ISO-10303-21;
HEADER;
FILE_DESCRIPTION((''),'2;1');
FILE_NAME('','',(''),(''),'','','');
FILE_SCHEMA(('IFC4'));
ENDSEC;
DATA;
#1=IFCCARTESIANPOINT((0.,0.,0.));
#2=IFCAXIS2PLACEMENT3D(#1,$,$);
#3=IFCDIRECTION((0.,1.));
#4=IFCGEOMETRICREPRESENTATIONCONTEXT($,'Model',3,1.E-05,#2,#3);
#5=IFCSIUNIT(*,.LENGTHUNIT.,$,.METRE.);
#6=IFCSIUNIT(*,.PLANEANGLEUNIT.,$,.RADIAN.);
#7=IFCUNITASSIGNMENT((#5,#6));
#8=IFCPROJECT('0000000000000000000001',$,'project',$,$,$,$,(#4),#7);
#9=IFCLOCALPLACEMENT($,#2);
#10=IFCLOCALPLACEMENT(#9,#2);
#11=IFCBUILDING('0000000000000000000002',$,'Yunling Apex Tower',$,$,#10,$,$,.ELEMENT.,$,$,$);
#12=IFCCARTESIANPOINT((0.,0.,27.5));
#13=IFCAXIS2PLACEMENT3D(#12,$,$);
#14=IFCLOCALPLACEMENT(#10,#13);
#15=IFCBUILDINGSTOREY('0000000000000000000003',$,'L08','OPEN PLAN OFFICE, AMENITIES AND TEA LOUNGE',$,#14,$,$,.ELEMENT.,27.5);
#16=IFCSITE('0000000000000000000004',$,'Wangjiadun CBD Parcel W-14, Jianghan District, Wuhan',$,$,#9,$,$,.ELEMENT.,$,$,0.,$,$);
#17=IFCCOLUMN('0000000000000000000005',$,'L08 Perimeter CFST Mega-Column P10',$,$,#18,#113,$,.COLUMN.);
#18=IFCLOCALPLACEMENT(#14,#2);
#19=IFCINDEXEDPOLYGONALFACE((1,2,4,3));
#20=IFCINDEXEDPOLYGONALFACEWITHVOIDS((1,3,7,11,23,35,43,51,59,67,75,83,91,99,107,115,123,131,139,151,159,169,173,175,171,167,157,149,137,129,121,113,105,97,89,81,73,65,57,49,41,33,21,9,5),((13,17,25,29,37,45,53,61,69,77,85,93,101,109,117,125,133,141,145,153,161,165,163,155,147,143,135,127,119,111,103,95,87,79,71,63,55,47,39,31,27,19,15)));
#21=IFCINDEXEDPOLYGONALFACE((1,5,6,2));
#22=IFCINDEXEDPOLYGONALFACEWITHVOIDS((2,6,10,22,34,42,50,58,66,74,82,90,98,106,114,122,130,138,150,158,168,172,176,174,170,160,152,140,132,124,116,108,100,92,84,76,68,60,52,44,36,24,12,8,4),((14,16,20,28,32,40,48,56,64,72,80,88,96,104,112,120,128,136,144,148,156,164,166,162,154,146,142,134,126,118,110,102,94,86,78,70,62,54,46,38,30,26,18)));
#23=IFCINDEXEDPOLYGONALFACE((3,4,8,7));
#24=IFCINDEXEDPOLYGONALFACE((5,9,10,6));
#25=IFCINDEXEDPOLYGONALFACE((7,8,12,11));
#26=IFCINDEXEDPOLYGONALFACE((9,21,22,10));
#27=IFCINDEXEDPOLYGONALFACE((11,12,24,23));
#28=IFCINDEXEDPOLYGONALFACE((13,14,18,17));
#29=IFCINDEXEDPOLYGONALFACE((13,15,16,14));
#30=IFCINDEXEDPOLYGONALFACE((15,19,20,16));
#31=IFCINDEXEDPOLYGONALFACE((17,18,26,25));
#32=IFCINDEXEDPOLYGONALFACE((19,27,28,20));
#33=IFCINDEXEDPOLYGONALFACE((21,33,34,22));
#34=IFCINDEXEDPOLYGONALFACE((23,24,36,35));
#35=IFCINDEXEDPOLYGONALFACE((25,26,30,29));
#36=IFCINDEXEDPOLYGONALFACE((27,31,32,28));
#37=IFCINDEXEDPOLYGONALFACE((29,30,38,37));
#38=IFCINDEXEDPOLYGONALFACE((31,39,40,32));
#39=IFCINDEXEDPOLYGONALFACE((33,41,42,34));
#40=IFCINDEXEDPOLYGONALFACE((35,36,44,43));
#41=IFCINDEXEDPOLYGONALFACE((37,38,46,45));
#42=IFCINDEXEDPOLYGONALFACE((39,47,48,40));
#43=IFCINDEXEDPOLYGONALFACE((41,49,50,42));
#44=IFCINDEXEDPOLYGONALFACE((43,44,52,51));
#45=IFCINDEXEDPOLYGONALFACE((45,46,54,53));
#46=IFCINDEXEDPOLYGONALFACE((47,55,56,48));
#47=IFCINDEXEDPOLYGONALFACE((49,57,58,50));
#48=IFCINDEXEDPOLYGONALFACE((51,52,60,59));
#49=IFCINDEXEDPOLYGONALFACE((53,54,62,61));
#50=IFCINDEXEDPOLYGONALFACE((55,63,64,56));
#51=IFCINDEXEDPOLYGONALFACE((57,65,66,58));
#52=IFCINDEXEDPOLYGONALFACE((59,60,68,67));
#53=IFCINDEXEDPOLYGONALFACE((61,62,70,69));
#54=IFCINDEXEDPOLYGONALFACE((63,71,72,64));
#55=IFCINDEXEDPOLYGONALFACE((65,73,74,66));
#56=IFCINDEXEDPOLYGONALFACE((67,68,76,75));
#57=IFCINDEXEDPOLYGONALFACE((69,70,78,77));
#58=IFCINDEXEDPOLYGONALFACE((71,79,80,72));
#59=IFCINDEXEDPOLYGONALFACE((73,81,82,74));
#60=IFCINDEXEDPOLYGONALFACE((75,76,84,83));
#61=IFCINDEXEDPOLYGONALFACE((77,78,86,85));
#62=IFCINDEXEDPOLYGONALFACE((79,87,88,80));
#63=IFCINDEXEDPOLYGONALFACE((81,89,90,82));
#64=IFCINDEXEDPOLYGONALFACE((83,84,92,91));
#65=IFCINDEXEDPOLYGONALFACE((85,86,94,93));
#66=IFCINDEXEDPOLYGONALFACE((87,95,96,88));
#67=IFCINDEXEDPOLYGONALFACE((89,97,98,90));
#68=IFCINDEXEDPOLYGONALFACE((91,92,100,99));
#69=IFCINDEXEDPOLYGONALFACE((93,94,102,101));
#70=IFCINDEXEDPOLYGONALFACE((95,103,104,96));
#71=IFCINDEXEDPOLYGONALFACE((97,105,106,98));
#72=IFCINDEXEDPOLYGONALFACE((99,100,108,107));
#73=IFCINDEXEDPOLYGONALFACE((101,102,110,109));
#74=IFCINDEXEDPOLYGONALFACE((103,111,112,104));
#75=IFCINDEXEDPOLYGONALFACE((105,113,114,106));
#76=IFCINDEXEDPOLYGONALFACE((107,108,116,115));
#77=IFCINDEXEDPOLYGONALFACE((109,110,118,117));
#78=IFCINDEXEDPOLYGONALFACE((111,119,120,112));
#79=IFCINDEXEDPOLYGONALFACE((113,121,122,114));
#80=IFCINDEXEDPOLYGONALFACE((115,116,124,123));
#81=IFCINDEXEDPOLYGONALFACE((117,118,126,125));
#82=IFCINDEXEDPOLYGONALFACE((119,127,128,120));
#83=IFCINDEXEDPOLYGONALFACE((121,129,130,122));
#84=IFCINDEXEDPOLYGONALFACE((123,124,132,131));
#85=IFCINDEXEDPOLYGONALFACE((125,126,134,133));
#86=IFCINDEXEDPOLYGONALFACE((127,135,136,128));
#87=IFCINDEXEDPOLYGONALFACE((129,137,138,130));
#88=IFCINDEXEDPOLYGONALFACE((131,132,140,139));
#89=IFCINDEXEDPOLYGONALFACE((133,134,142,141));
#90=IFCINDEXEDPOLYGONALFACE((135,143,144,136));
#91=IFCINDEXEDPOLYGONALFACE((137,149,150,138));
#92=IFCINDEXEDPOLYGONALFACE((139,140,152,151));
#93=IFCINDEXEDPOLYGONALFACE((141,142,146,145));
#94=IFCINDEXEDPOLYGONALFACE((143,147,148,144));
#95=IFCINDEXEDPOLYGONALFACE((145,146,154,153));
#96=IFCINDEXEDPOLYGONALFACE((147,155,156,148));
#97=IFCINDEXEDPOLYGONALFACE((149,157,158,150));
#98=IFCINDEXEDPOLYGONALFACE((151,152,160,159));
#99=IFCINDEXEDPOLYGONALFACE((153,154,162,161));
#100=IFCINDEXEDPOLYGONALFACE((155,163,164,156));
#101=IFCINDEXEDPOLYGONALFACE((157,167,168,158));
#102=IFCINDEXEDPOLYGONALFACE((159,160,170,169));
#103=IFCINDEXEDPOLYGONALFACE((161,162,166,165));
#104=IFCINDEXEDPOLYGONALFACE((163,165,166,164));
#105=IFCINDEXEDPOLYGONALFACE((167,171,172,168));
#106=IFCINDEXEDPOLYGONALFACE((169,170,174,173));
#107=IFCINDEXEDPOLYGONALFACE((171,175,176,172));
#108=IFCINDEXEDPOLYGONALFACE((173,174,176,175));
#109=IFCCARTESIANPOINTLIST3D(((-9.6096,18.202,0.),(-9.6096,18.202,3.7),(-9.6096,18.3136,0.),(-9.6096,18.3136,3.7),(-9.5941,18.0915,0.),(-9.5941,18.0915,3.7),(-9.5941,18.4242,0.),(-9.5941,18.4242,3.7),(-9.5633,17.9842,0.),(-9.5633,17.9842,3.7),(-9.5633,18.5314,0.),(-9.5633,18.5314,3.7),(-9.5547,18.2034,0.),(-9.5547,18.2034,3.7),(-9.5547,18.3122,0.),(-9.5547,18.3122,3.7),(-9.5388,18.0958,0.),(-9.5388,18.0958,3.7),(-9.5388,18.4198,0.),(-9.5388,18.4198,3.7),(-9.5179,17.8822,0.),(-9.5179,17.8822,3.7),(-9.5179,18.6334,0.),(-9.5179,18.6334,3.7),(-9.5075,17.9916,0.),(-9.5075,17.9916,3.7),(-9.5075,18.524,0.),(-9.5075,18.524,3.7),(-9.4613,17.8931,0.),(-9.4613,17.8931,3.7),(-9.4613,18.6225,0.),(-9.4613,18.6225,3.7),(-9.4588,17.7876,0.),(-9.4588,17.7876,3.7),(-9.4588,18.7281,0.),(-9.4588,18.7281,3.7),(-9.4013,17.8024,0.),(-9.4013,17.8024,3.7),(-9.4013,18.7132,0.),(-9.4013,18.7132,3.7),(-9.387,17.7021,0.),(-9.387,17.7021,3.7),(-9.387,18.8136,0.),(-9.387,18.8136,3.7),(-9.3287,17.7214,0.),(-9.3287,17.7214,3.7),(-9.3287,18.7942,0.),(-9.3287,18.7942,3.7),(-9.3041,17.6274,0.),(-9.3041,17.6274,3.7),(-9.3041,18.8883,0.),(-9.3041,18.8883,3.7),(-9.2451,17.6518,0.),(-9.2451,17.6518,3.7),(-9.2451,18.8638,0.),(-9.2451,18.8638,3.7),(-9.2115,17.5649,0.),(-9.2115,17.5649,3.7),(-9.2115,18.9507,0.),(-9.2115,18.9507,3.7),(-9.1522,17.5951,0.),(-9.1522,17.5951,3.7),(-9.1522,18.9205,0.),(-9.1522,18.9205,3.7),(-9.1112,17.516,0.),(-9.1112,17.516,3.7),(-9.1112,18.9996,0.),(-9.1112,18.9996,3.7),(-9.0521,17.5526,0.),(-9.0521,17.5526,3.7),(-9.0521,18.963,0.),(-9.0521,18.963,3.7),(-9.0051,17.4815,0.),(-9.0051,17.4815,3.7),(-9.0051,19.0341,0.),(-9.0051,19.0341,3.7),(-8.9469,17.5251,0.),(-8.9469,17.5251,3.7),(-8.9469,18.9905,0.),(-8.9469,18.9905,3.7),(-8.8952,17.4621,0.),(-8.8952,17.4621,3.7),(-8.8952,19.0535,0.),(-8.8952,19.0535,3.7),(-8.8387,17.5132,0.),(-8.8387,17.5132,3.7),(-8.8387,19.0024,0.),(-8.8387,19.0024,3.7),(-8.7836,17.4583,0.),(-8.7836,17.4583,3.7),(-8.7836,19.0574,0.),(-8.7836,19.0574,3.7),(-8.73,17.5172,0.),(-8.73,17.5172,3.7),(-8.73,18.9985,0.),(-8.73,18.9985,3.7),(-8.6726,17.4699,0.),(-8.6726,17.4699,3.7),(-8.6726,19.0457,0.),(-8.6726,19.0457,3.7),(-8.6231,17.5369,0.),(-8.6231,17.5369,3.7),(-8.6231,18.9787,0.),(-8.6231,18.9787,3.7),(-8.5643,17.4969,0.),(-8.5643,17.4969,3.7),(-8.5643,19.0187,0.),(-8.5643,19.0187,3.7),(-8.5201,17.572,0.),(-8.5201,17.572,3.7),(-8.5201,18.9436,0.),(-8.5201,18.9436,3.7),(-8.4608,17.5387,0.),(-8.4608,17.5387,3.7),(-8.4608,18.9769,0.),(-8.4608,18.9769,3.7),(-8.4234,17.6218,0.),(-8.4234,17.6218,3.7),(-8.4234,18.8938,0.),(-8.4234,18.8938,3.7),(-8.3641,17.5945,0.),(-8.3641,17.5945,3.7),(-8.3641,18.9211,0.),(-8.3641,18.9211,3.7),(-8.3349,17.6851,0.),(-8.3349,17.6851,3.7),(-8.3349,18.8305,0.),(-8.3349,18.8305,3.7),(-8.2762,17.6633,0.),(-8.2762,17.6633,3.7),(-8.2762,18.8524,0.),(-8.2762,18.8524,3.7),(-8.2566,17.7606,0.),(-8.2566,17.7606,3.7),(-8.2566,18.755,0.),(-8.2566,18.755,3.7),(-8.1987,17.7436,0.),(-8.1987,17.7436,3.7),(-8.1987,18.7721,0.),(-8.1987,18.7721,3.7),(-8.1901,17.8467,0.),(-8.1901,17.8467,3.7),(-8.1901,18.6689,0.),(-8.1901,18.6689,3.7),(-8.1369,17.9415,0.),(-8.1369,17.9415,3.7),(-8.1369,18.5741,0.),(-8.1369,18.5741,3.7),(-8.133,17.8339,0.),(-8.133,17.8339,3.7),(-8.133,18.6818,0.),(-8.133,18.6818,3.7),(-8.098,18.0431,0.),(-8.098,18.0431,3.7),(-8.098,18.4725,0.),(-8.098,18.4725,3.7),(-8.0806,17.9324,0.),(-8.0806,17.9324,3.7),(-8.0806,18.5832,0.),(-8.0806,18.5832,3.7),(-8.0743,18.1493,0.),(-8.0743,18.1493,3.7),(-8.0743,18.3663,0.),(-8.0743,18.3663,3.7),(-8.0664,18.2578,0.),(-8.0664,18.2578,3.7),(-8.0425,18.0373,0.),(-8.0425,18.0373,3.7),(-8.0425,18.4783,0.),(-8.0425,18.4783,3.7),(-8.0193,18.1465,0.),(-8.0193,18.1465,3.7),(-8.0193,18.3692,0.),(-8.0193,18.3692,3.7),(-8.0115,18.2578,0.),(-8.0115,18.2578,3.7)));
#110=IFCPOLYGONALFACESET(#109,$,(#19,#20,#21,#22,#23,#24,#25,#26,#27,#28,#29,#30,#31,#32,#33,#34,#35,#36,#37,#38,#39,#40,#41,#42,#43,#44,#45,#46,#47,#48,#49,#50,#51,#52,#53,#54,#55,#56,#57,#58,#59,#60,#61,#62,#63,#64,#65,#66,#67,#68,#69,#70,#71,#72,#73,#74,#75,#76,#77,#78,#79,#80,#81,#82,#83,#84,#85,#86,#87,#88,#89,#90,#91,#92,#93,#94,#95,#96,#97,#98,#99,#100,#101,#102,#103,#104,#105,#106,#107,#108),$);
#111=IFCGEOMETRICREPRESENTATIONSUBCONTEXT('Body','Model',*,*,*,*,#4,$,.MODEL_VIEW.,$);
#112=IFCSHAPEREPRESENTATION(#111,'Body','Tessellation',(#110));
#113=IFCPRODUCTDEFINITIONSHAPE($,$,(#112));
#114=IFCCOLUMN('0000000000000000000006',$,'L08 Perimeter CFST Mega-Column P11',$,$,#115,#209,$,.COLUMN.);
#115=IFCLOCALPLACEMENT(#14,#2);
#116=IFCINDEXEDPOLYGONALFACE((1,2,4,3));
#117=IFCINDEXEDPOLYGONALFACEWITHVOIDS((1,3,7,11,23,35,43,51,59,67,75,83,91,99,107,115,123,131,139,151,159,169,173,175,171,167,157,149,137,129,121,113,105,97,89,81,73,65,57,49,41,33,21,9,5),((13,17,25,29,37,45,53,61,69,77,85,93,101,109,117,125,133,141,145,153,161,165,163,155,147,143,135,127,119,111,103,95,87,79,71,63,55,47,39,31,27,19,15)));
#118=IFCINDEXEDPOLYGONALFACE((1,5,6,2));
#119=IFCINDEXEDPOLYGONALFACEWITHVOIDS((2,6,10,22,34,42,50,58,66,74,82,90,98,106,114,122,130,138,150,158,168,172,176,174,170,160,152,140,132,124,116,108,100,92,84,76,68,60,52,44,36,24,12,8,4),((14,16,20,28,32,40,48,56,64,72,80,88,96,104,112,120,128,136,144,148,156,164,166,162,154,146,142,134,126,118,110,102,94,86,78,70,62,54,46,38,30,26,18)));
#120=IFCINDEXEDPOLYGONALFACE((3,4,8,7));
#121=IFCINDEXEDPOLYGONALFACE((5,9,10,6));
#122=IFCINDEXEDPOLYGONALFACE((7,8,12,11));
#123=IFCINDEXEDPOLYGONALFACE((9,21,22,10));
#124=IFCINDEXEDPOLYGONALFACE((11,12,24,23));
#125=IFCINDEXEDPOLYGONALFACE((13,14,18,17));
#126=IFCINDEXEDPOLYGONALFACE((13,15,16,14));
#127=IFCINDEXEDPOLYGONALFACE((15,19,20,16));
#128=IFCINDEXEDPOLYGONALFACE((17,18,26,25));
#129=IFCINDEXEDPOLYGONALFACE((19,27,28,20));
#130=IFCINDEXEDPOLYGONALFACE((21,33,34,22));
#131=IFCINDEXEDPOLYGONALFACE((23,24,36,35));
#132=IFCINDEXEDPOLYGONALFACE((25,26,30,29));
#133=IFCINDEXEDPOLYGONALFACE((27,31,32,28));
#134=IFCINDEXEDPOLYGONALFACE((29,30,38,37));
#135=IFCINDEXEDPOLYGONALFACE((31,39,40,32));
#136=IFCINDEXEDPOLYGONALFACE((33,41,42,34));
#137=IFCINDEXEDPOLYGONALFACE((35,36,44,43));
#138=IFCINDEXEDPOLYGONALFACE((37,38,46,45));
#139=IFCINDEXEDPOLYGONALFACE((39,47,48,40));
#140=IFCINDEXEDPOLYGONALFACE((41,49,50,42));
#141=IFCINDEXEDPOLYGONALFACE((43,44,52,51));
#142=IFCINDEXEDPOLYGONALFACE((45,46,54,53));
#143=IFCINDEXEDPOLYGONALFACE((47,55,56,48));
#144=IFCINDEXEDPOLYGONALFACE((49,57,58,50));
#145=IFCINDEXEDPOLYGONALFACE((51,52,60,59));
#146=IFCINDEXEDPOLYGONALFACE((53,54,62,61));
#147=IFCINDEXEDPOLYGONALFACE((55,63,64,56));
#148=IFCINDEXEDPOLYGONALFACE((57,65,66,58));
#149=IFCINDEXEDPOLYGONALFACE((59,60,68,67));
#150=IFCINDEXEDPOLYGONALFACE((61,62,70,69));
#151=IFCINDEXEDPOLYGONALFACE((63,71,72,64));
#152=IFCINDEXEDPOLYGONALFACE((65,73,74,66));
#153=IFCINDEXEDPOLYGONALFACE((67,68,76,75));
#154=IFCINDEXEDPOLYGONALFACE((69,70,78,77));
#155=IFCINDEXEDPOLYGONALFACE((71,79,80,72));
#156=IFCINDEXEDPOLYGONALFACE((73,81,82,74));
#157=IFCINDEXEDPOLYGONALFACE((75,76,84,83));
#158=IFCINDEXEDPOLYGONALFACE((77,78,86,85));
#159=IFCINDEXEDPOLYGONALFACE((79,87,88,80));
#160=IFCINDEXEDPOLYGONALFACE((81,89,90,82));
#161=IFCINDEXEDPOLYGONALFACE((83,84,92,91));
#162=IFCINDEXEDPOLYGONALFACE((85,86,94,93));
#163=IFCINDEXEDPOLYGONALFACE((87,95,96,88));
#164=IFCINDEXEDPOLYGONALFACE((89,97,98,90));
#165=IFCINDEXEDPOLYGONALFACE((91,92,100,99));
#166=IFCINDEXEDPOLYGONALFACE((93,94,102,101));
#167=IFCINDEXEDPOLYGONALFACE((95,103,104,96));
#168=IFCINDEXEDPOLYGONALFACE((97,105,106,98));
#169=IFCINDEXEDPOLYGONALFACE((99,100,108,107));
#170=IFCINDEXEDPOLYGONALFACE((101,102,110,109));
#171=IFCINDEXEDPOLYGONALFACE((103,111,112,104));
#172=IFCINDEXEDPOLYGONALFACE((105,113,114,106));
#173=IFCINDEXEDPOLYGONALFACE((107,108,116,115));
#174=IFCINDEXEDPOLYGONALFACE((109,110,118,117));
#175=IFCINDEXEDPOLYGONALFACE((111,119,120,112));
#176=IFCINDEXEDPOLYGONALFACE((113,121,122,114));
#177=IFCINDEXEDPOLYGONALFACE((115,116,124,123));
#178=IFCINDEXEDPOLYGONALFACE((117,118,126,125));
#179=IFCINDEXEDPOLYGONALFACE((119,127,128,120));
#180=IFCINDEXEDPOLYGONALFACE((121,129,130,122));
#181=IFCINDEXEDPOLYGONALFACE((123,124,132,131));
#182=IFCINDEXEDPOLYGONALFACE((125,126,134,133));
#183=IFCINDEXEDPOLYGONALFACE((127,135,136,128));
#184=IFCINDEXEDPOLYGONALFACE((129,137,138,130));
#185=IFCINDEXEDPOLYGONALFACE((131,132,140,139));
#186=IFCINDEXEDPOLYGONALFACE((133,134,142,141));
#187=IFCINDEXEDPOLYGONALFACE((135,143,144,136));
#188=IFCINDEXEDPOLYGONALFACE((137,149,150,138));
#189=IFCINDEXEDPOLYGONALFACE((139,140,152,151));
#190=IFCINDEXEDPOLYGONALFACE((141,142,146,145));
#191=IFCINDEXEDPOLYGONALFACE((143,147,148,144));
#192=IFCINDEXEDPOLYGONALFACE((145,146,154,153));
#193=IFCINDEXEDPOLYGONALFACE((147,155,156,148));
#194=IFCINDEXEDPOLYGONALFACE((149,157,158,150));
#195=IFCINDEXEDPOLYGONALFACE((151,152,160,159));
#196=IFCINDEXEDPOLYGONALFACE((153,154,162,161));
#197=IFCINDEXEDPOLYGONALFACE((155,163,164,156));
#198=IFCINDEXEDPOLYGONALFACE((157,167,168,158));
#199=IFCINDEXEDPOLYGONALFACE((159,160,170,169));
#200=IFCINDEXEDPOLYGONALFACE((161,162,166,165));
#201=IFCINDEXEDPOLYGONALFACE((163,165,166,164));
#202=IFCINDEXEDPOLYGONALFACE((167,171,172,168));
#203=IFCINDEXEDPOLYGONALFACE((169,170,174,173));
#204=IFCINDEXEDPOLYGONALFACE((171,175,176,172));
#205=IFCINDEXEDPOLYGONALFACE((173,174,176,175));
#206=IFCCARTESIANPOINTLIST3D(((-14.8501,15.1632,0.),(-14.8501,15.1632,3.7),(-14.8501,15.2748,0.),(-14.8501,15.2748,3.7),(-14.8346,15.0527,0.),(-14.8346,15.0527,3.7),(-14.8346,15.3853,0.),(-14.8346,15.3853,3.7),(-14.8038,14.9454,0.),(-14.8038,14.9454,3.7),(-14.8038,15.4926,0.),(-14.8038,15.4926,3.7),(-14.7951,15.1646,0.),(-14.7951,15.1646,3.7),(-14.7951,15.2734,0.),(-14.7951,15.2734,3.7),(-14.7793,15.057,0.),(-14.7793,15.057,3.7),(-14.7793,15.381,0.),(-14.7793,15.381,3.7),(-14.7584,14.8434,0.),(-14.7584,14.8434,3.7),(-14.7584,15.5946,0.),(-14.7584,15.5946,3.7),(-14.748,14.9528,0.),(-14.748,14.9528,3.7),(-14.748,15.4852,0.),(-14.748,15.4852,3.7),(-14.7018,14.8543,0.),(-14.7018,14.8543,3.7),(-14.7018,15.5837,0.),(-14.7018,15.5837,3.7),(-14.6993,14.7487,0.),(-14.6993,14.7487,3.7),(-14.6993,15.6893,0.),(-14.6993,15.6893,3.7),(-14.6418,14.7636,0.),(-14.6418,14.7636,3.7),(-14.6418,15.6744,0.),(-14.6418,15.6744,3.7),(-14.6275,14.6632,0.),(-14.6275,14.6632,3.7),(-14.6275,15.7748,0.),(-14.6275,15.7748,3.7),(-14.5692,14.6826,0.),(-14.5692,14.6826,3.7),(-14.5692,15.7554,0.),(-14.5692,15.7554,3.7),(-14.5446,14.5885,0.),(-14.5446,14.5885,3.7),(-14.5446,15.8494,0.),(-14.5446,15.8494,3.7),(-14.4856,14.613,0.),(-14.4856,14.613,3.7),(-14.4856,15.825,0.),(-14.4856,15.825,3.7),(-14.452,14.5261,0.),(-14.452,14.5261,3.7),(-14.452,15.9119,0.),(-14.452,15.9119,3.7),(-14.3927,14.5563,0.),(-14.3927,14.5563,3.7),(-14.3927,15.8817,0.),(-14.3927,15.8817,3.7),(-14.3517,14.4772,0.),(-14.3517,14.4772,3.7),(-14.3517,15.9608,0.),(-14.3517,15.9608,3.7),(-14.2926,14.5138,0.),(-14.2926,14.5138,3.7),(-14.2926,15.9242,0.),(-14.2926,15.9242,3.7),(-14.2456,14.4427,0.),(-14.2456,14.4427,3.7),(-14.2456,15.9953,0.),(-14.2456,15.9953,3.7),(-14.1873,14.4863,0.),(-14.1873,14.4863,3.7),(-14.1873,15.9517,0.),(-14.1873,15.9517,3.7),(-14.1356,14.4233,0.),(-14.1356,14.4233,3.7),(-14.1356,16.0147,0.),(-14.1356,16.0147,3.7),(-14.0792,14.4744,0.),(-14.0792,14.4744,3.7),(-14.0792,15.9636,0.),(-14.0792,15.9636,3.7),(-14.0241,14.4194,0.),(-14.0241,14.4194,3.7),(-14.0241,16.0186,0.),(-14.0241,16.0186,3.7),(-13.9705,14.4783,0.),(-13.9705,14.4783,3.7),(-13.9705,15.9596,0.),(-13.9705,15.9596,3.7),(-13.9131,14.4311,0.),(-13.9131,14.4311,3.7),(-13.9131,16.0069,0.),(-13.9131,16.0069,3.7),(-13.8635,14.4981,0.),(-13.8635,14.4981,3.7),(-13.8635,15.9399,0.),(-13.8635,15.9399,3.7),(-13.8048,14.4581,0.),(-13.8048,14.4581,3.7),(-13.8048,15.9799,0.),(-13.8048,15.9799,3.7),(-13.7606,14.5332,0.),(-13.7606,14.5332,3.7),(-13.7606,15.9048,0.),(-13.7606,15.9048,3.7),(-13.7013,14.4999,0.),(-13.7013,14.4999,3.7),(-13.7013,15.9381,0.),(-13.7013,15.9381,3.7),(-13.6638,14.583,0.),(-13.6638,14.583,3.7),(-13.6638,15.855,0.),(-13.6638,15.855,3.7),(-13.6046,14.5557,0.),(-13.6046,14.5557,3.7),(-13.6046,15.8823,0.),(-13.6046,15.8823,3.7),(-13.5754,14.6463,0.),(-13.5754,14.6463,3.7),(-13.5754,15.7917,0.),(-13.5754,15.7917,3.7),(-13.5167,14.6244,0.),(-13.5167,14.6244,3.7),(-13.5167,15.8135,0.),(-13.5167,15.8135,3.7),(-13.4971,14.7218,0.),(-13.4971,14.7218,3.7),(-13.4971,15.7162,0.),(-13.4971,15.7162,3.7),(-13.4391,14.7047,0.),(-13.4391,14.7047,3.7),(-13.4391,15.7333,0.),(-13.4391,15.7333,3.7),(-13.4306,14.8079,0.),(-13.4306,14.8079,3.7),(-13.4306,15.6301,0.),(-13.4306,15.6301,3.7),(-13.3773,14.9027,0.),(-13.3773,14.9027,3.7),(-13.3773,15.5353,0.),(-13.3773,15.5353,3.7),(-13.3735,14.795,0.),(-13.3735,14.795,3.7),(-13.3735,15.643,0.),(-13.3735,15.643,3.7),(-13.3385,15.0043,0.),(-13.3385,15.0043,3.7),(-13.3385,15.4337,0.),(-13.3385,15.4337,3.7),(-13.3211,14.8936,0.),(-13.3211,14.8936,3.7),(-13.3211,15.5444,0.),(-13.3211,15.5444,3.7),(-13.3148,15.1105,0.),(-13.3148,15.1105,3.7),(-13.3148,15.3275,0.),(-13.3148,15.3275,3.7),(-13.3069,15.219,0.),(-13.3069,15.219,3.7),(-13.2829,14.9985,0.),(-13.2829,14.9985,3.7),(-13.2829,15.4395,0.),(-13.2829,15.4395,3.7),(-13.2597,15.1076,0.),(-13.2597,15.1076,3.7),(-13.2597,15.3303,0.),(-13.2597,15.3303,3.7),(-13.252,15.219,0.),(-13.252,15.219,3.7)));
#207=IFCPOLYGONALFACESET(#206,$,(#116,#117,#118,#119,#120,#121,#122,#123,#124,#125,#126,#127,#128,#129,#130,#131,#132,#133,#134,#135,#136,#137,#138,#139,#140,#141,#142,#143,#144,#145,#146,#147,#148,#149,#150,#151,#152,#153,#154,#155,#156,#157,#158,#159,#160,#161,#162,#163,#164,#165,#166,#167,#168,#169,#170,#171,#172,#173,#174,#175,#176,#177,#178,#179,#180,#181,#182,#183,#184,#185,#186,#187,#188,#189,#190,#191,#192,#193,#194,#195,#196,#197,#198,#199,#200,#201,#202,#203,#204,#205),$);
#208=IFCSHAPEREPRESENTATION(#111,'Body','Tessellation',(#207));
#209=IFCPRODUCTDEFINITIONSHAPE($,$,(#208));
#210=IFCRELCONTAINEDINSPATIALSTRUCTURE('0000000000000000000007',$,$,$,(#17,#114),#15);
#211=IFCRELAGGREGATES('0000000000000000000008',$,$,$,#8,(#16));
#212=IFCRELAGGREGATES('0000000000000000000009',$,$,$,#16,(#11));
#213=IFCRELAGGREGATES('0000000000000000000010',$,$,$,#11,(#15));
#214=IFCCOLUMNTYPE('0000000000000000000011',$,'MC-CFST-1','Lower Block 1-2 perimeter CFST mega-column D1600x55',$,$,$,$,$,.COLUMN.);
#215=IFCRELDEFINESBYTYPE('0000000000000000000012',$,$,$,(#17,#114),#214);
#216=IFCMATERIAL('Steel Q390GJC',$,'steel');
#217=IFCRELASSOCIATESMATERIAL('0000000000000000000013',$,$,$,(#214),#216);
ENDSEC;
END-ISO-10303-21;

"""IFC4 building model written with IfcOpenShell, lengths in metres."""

from ifc_helpers import new_model, si_unit, direction, frame, origin, origin_2d, place, context, subcontext, project, spatial, hollow_circle, extrude, source, transform, mapped, material, material_profile, profile_set, type_object, element, save


model = new_model("IFC4")

# Units and contexts
model_context = context("Model", 3, precision=1e-05, world=origin(), true_north=direction((0.0, 1.0)))
body_context = subcontext(model_context, "Body", "Model", "MODEL_VIEW")
ifc_project = project(units=[si_unit("LENGTHUNIT", "METRE"), si_unit("PLANEANGLEUNIT", "RADIAN")], contexts=[model_context])

# Site, building, storey
site_placement = place(None, origin())
site = spatial("IfcSite", under=ifc_project, at=site_placement, Name="Wangjiadun CBD Parcel W-14, Jianghan District, Wuhan", CompositionType="ELEMENT", RefElevation=0.0)
building_placement = place(site_placement, origin())
building = spatial("IfcBuilding", under=site, at=building_placement, Name="Yunling Apex Tower", CompositionType="ELEMENT")
storey_placement = place(building_placement, frame((0.0, 0.0, 27.5)))
storey = spatial("IfcBuildingStorey", under=building, at=storey_placement, Name="L08", Description="OPEN PLAN OFFICE, AMENITIES AND TEA LOUNGE", CompositionType="ELEMENT", Elevation=27.5)

# Columns
ifc_material_1 = material(Name="Steel Q390GJC", Category="steel")
ifc_material_profile_1 = material_profile(ifc_material_1, hollow_circle(Radius=0.8, WallThickness=0.0549, at=origin_2d()))
ifc_profile_set_1 = profile_set([ifc_material_profile_1], Name="Steel Q390GJC")
column_type = type_object("IfcColumnType", Name="MC-CFST-1", Description="Lower Block 1-2 perimeter CFST mega-column D1600x55", PredefinedType="COLUMN", material=ifc_profile_set_1)
shared_shape_1 = source(origin(), body_context, "Body", "SweptSolid", [
    extrude(hollow_circle(Radius=0.8, WallThickness=0.0549, at=origin_2d()), origin(), (0.0, 0.0, 1.0), 3.7),
])
for number, where, z_axis, x_axis, name in (
    (1, (-8.8115, 18.2578, 0.0), (0.0, 0.0, 1.0), (1.0, 0.0, 0.0), "L08 Perimeter CFST Mega-Column P10"),
    (2, (-14.052, 15.219, 0.0), (0.0, 0.0, 1.0), (1.0, 0.0, 0.0), "L08 Perimeter CFST Mega-Column P11"),
):
    element("IfcColumn", number, at=place(storey_placement, frame(where, z_axis=z_axis, x_axis=x_axis)), inside=storey, type_object=column_type, Name=name, PredefinedType="COLUMN", context=body_context, shape_type="MappedRepresentation", body=[
        mapped(shared_shape_1, transform((0.0, 0.0, 0.0), scale=1.0)),
    ])

save(model, "model.ifc")
